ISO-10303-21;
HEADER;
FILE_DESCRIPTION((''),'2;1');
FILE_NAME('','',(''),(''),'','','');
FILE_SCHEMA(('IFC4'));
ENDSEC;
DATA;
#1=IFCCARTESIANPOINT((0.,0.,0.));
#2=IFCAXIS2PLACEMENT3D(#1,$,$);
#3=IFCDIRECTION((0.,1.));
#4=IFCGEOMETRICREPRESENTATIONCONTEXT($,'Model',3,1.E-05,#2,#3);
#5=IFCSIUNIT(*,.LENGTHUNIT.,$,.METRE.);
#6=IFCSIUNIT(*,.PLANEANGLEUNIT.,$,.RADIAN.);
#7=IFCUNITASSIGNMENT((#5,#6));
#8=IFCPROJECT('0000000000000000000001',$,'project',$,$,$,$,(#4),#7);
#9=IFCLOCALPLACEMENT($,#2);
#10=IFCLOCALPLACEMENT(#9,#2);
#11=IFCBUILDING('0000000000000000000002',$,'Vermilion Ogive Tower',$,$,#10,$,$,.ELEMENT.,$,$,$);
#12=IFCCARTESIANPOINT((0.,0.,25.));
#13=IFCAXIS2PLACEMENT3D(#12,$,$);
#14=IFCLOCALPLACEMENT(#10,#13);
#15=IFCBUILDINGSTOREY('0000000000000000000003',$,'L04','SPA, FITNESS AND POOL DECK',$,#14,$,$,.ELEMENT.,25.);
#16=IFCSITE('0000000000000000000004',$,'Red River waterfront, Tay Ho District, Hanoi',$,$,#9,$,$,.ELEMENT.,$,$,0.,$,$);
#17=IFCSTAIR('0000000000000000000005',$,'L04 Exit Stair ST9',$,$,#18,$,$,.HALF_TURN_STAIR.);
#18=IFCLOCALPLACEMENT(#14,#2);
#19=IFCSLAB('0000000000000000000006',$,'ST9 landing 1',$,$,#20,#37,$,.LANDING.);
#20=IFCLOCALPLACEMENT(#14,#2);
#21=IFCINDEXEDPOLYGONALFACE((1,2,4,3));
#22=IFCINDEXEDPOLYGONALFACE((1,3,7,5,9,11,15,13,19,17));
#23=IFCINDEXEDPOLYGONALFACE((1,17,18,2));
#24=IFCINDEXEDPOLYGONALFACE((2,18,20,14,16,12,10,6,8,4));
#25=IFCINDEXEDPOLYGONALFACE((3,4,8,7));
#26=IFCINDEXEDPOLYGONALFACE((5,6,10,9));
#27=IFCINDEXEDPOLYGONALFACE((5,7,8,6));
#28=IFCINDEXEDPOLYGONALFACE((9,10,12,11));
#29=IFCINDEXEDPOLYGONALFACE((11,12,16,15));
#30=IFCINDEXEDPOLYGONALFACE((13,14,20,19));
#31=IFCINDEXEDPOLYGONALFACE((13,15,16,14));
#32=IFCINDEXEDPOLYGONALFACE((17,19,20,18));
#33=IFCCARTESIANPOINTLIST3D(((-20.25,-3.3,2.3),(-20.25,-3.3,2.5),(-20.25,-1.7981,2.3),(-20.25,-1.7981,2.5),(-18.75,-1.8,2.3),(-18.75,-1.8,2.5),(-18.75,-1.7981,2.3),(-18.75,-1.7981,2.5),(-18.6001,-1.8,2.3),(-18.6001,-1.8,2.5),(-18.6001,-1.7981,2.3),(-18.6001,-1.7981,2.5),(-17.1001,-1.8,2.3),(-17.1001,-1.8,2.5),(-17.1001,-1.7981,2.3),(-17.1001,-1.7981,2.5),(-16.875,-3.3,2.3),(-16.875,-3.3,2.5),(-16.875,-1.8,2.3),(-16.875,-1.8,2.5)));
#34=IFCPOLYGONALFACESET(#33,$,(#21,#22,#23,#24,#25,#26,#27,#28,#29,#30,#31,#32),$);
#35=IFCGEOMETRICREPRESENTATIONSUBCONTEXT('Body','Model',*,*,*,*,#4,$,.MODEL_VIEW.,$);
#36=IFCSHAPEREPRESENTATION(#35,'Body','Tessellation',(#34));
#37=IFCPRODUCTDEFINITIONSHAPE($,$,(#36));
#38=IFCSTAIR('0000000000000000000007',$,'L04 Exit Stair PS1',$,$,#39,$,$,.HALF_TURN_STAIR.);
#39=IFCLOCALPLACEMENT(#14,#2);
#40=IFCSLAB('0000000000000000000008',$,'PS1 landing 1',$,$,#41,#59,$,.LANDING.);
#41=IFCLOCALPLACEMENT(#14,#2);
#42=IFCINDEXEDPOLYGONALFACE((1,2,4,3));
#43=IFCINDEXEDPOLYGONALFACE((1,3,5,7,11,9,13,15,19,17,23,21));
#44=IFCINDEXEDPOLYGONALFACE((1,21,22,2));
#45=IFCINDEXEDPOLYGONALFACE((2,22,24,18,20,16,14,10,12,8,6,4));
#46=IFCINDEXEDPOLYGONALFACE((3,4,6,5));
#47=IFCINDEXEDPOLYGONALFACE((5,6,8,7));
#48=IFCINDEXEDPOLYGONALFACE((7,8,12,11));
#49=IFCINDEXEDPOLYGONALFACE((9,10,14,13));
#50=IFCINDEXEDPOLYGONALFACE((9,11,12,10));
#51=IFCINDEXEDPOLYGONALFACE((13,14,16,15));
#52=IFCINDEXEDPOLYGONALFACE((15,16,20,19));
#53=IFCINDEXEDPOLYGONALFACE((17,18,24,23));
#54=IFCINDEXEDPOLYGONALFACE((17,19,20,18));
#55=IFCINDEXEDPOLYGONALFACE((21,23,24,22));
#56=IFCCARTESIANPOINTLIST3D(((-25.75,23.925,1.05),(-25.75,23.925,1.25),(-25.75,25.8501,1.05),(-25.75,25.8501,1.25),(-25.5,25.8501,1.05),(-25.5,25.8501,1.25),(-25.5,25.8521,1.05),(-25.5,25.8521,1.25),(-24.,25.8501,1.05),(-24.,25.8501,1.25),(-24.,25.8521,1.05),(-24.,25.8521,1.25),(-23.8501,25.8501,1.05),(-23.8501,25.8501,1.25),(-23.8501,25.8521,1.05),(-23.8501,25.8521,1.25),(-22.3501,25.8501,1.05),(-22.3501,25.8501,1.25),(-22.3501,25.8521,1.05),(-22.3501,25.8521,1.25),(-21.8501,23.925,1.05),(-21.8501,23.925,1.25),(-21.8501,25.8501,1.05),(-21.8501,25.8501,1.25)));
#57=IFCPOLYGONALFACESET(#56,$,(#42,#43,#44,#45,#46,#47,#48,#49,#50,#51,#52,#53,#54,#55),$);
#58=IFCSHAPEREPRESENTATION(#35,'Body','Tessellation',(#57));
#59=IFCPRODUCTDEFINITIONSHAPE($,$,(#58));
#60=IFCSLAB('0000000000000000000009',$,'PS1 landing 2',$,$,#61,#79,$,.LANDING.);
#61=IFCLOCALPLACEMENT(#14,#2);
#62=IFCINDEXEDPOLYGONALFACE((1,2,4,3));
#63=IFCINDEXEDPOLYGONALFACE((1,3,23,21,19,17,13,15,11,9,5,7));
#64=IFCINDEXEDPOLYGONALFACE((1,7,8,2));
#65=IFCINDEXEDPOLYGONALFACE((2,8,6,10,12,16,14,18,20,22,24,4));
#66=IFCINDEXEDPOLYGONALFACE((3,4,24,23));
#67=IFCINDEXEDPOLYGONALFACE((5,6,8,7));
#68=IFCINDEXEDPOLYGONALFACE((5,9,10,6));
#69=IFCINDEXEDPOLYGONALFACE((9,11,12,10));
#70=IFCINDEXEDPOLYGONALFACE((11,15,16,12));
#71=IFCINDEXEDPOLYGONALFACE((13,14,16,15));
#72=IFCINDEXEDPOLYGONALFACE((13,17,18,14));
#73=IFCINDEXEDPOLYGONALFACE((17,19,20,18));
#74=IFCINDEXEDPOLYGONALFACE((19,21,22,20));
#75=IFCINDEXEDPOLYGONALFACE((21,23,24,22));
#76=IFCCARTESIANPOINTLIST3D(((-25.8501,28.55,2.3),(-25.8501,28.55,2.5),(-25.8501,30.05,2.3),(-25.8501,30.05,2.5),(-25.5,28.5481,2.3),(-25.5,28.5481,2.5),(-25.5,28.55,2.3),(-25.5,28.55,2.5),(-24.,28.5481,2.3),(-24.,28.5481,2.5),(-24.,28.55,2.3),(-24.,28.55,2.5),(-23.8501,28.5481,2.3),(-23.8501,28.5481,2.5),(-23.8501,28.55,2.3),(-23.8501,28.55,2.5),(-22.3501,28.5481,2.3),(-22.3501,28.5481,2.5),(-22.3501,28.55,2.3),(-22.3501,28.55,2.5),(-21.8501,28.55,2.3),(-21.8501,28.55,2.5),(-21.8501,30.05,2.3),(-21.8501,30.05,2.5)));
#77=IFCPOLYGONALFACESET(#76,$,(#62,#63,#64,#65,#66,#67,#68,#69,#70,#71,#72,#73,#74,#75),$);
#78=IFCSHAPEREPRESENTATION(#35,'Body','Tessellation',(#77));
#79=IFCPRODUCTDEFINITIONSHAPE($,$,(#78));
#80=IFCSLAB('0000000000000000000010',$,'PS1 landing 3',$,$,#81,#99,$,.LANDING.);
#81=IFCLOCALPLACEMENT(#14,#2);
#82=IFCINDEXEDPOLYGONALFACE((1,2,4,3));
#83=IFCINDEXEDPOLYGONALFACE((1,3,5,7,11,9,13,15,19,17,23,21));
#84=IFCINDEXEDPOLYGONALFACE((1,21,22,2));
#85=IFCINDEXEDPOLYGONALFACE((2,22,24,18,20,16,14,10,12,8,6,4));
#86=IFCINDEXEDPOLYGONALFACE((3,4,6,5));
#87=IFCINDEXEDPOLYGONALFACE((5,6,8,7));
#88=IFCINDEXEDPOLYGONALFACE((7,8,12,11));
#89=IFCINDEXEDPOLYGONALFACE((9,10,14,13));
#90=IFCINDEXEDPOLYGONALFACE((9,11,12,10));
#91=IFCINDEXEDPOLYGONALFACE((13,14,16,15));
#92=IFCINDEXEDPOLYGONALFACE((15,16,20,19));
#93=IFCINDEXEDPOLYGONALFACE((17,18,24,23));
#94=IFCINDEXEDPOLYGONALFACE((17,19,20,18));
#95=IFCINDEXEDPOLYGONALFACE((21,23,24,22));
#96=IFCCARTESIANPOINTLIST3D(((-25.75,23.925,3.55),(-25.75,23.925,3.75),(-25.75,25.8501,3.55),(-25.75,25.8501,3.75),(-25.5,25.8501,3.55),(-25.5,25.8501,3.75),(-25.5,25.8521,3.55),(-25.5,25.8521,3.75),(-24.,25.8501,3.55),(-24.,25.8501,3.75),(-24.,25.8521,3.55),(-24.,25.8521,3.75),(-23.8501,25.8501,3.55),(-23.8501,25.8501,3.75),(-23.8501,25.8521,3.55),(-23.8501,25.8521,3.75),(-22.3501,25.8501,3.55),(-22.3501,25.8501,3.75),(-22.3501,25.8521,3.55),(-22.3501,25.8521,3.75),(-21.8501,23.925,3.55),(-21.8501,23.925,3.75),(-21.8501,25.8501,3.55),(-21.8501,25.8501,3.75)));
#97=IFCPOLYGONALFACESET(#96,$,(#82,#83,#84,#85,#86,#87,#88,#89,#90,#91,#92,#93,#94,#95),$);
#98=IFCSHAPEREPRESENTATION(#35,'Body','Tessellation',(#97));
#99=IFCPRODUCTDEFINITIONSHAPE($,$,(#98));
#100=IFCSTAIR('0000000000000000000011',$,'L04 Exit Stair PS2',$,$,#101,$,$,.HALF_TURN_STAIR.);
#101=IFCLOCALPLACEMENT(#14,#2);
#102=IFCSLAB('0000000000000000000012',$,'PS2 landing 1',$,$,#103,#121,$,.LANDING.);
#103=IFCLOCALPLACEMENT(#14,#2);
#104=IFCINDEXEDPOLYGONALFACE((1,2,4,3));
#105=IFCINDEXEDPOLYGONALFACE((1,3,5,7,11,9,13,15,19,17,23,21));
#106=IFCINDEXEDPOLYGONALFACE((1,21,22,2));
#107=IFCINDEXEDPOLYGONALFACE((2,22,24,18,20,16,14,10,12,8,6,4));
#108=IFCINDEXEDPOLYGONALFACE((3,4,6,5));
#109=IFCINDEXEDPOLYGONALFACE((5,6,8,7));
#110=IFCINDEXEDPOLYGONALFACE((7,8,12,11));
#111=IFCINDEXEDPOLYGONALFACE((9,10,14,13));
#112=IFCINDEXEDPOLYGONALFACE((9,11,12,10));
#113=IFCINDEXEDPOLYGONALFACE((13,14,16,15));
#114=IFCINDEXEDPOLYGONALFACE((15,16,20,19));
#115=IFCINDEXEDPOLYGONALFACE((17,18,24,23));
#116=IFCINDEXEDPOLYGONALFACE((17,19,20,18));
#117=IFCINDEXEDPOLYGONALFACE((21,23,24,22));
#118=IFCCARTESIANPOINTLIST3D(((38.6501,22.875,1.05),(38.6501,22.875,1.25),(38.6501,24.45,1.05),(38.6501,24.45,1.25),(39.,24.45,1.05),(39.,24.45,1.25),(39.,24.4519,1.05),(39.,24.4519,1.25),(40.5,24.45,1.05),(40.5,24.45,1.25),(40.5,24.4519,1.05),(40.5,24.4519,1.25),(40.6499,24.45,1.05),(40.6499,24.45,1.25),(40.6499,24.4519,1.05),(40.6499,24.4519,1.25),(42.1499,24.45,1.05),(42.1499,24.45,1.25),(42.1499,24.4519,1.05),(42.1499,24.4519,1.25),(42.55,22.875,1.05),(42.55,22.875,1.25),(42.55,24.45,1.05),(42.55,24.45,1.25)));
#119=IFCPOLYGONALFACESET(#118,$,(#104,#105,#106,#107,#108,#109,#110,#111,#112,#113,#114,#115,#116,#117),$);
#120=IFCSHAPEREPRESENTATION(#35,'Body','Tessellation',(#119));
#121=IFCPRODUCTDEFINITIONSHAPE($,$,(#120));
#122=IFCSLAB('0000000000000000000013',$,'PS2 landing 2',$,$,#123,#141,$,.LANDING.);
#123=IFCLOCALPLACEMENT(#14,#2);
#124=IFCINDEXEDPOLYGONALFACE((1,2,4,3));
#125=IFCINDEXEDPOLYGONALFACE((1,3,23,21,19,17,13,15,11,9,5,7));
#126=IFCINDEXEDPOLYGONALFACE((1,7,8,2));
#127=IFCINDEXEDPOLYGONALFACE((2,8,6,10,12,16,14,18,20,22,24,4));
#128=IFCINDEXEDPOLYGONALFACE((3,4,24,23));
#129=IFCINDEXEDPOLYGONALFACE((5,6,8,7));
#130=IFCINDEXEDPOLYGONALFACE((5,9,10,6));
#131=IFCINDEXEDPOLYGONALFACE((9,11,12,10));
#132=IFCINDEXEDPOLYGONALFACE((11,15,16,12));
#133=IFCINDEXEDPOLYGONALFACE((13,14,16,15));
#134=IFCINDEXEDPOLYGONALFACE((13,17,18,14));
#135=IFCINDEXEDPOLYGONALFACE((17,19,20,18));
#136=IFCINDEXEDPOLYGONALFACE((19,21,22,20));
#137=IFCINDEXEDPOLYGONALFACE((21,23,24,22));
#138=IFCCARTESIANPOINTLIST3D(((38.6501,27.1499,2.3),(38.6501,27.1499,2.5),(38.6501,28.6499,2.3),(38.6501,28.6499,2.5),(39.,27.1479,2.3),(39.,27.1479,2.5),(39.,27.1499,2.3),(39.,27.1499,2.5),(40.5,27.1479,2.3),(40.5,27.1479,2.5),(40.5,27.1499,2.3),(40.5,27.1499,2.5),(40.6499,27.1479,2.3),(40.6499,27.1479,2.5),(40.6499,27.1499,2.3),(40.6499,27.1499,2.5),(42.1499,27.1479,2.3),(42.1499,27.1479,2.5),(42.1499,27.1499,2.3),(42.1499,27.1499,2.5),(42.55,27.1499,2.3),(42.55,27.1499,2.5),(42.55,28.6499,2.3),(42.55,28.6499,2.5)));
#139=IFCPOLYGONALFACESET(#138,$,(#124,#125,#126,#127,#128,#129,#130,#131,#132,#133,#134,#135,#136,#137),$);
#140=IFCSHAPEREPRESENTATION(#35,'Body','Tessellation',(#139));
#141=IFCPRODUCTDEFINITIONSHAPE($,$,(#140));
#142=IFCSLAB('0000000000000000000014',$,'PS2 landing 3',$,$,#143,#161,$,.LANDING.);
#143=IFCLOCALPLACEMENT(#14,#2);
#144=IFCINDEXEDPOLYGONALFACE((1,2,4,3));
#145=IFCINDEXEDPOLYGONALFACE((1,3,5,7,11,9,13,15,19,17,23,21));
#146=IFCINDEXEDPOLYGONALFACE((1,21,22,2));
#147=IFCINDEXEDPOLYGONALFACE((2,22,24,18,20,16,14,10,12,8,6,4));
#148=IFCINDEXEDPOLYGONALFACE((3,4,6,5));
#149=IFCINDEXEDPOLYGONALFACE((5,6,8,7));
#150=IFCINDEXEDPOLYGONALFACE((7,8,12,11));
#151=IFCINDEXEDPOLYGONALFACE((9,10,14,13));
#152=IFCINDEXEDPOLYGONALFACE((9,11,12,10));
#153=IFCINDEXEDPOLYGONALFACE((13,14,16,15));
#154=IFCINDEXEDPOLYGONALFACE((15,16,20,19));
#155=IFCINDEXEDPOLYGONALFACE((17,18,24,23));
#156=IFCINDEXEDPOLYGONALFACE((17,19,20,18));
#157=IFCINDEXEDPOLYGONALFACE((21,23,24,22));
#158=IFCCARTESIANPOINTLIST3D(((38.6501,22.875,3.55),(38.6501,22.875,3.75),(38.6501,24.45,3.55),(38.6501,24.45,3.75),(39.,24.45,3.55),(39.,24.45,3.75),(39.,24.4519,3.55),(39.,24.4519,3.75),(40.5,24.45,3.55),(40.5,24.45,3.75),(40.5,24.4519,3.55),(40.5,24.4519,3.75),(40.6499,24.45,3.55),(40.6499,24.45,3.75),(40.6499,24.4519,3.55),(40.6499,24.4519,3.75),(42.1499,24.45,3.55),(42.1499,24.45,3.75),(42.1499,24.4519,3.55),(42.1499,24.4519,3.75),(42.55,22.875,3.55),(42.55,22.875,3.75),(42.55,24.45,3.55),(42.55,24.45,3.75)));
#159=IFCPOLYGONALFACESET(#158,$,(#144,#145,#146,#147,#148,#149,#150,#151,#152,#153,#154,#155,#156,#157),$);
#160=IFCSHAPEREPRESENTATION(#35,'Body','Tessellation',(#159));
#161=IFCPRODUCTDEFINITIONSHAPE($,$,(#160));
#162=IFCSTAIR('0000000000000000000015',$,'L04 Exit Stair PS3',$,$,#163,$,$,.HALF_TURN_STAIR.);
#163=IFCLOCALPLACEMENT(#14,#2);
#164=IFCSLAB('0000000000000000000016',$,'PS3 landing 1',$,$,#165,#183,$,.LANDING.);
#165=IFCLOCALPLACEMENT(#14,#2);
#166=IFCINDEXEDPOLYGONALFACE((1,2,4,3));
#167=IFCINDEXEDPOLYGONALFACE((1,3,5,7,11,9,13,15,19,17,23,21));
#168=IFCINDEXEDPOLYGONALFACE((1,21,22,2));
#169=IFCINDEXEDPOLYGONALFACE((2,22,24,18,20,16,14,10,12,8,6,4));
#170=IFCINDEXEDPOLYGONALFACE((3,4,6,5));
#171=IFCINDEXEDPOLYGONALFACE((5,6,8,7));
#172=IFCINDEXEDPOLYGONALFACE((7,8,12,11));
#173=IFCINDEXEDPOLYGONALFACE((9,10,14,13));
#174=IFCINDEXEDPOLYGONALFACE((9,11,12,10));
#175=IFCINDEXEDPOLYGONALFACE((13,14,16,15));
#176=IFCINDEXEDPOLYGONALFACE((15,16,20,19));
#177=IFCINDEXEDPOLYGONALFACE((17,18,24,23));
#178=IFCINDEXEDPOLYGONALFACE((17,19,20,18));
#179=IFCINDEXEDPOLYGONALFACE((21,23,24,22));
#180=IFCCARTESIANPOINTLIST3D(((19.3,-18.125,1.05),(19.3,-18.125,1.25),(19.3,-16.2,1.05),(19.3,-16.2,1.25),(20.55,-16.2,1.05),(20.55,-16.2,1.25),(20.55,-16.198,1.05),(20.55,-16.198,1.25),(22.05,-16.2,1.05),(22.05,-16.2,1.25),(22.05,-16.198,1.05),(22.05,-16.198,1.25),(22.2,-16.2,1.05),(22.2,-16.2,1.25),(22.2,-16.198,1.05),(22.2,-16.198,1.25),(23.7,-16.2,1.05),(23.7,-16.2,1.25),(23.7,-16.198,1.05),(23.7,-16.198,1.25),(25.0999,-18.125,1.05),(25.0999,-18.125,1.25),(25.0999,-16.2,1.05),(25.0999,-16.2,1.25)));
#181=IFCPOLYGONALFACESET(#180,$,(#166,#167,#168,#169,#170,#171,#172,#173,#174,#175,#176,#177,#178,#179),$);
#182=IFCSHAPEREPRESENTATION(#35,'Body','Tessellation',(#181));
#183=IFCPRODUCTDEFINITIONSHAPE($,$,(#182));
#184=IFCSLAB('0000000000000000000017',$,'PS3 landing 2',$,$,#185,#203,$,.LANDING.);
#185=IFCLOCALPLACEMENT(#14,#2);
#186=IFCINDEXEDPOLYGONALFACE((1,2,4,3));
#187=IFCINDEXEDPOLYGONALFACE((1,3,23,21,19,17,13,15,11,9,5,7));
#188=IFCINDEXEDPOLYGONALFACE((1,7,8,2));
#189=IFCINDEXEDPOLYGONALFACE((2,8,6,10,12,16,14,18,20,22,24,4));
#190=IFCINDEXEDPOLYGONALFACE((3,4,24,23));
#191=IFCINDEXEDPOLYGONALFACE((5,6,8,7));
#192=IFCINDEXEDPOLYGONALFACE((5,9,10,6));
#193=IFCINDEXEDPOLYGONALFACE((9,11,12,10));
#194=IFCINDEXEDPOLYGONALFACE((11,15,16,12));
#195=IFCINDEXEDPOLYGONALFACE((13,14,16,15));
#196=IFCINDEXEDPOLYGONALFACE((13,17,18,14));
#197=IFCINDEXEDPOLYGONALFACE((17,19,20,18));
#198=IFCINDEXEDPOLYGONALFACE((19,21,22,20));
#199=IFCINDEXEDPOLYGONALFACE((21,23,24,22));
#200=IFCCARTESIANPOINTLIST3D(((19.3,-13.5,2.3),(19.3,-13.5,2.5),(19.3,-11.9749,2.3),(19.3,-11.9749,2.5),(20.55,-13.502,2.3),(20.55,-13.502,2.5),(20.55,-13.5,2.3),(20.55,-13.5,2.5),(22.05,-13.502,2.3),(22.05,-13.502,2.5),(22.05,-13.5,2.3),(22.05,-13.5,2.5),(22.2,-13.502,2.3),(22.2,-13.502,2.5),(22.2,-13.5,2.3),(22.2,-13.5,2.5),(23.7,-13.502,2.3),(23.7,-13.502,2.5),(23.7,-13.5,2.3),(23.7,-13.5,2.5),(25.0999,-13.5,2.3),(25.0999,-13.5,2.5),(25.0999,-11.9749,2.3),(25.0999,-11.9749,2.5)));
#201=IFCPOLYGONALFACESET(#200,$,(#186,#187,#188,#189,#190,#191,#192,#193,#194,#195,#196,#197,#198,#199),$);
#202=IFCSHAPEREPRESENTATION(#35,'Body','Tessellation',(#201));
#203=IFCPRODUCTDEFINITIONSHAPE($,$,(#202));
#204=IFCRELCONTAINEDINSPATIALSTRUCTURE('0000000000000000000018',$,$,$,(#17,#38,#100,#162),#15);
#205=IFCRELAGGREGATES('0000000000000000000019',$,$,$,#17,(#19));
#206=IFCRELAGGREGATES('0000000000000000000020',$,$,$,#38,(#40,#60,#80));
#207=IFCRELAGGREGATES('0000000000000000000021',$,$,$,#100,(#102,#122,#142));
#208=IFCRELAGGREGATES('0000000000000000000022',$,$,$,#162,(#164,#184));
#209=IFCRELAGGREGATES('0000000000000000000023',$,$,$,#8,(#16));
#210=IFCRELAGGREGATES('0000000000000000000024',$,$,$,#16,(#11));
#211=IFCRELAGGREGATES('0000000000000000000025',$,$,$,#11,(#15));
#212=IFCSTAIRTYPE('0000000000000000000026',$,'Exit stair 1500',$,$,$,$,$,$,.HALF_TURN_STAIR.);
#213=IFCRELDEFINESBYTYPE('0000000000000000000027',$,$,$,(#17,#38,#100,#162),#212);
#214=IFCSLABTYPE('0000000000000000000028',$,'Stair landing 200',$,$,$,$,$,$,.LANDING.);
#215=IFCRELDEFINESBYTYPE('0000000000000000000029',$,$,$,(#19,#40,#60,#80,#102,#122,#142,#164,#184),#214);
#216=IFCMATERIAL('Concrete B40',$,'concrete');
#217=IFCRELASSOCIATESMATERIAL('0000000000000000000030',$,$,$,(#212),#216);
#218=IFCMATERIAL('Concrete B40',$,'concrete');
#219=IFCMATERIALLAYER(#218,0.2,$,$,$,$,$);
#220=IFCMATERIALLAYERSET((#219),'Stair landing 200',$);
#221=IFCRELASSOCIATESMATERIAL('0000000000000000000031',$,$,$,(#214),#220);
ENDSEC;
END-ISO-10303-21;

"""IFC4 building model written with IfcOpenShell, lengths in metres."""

from ifc_helpers import new_model, si_unit, direction, frame, origin, place, context, subcontext, project, spatial, polyline, outline, extrude, material, layer, layer_set, type_object, element, aggregate, save


model = new_model("IFC4")

# Units and contexts
model_context = context("Model", 3, precision=1e-05, world=origin(), true_north=direction((0.0, 1.0)))
body_context = subcontext(model_context, "Body", "Model", "MODEL_VIEW")
ifc_project = project(units=[si_unit("LENGTHUNIT", "METRE"), si_unit("PLANEANGLEUNIT", "RADIAN")], contexts=[model_context])

# Site, building, storey
site_placement = place(None, origin())
site = spatial("IfcSite", under=ifc_project, at=site_placement, Name="Red River waterfront, Tay Ho District, Hanoi", CompositionType="ELEMENT", RefElevation=0.0)
building_placement = place(site_placement, origin())
building = spatial("IfcBuilding", under=site, at=building_placement, Name="Vermilion Ogive Tower", CompositionType="ELEMENT")
storey_placement = place(building_placement, frame((0.0, 0.0, 25.0)))
storey = spatial("IfcBuildingStorey", under=building, at=storey_placement, Name="L04", Description="SPA, FITNESS AND POOL DECK", CompositionType="ELEMENT", Elevation=25.0)

# Stair, slab
ifc_material_1 = material(Name="Concrete B40", Category="concrete")
stair_type = type_object("IfcStairType", Name="Exit stair 1500", PredefinedType="HALF_TURN_STAIR", material=ifc_material_1)
stair_1_placement = place(storey_placement, origin())
stair_1 = element("IfcStair", 1, at=stair_1_placement, inside=storey, type_object=stair_type, Name="L04 Exit Stair ST9", PredefinedType="HALF_TURN_STAIR")
ifc_material_2 = material(Name="Concrete B40", Category="concrete")
ifc_layer_1 = layer(ifc_material_2, 0.2)
ifc_layer_set_1 = layer_set([ifc_layer_1], Name="Stair landing 200")
slab_type_1 = type_object("IfcSlabType", Name="Stair landing 200", PredefinedType="LANDING", material=ifc_layer_set_1)
slab_1_placement = place(storey_placement, frame((0.0, 0.0, 2.3)))
slab_1 = element("IfcSlab", 2, at=slab_1_placement, type_object=slab_type_1, Name="ST9 landing 1", PredefinedType="LANDING", context=body_context, shape_type="SweptSolid", body=[
    extrude(outline(polyline([(-16.875, -1.8), (-17.1001, -1.8), (-17.1001, -1.7981), (-18.6001, -1.7981), (-18.6001, -1.8), (-18.75, -1.8), (-18.75, -1.7981), (-20.25, -1.7981), (-20.25, -3.3), (-16.875, -3.3), (-16.875, -1.8)])), origin(), (0.0, 0.0, 1.0), 0.2),
])
aggregate(stair_1, [slab_1])

# Stairs, slabs
stair_2_placement = place(storey_placement, origin())
stair_2 = element("IfcStair", 3, at=stair_2_placement, inside=storey, type_object=stair_type, Name="L04 Exit Stair PS1", PredefinedType="HALF_TURN_STAIR")
slab_2_placement = place(storey_placement, frame((0.0, 0.0, 1.05)))
slab_2 = element("IfcSlab", 4, at=slab_2_placement, type_object=slab_type_1, Name="PS1 landing 1", PredefinedType="LANDING", context=body_context, shape_type="SweptSolid", body=[
    extrude(outline(polyline([(-21.8501, 25.8501), (-22.3501, 25.8501), (-22.3501, 25.8521), (-23.8501, 25.8521), (-23.8501, 25.8501), (-24.0, 25.8501), (-24.0, 25.8521), (-25.5, 25.8521), (-25.5, 25.8501), (-25.75, 25.8501), (-25.75, 23.925), (-21.8501, 23.925), (-21.8501, 25.8501)])), origin(), (0.0, 0.0, 1.0), 0.2),
])
slab_3_placement = place(storey_placement, frame((0.0, 0.0, 2.3)))
slab_3 = element("IfcSlab", 5, at=slab_3_placement, type_object=slab_type_1, Name="PS1 landing 2", PredefinedType="LANDING", context=body_context, shape_type="SweptSolid", body=[
    extrude(outline(polyline([(-25.8501, 28.55), (-25.5, 28.55), (-25.5, 28.5481), (-24.0, 28.5481), (-24.0, 28.55), (-23.8501, 28.55), (-23.8501, 28.5481), (-22.3501, 28.5481), (-22.3501, 28.55), (-21.8501, 28.55), (-21.8501, 30.05), (-25.8501, 30.05), (-25.8501, 28.55)])), origin(), (0.0, 0.0, 1.0), 0.2),
])
slab_4_placement = place(storey_placement, frame((0.0, 0.0, 3.55)))
slab_4 = element("IfcSlab", 6, at=slab_4_placement, type_object=slab_type_1, Name="PS1 landing 3", PredefinedType="LANDING", context=body_context, shape_type="SweptSolid", body=[
    extrude(outline(polyline([(-21.8501, 25.8501), (-22.3501, 25.8501), (-22.3501, 25.8521), (-23.8501, 25.8521), (-23.8501, 25.8501), (-24.0, 25.8501), (-24.0, 25.8521), (-25.5, 25.8521), (-25.5, 25.8501), (-25.75, 25.8501), (-25.75, 23.925), (-21.8501, 23.925), (-21.8501, 25.8501)])), origin(), (0.0, 0.0, 1.0), 0.2),
])
aggregate(stair_2, [slab_2, slab_3, slab_4])
stair_3_placement = place(storey_placement, origin())
stair_3 = element("IfcStair", 7, at=stair_3_placement, inside=storey, type_object=stair_type, Name="L04 Exit Stair PS2", PredefinedType="HALF_TURN_STAIR")
slab_5_placement = place(storey_placement, frame((0.0, 0.0, 1.05)))
slab_5 = element("IfcSlab", 8, at=slab_5_placement, type_object=slab_type_1, Name="PS2 landing 1", PredefinedType="LANDING", context=body_context, shape_type="SweptSolid", body=[
    extrude(outline(polyline([(42.55, 24.45), (42.1499, 24.45), (42.1499, 24.4519), (40.6499, 24.4519), (40.6499, 24.45), (40.5, 24.45), (40.5, 24.4519), (39.0, 24.4519), (39.0, 24.45), (38.6501, 24.45), (38.6501, 22.875), (42.55, 22.875), (42.55, 24.45)])), origin(), (0.0, 0.0, 1.0), 0.2),
])
slab_6_placement = place(storey_placement, frame((0.0, 0.0, 2.3)))
slab_6 = element("IfcSlab", 9, at=slab_6_placement, type_object=slab_type_1, Name="PS2 landing 2", PredefinedType="LANDING", context=body_context, shape_type="SweptSolid", body=[
    extrude(outline(polyline([(38.6501, 27.1499), (39.0, 27.1499), (39.0, 27.1479), (40.5, 27.1479), (40.5, 27.1499), (40.6499, 27.1499), (40.6499, 27.1479), (42.1499, 27.1479), (42.1499, 27.1499), (42.55, 27.1499), (42.55, 28.6499), (38.6501, 28.6499), (38.6501, 27.1499)])), origin(), (0.0, 0.0, 1.0), 0.2),
])
slab_7_placement = place(storey_placement, frame((0.0, 0.0, 3.55)))
slab_7 = element("IfcSlab", 10, at=slab_7_placement, type_object=slab_type_1, Name="PS2 landing 3", PredefinedType="LANDING", context=body_context, shape_type="SweptSolid", body=[
    extrude(outline(polyline([(42.55, 24.45), (42.1499, 24.45), (42.1499, 24.4519), (40.6499, 24.4519), (40.6499, 24.45), (40.5, 24.45), (40.5, 24.4519), (39.0, 24.4519), (39.0, 24.45), (38.6501, 24.45), (38.6501, 22.875), (42.55, 22.875), (42.55, 24.45)])), origin(), (0.0, 0.0, 1.0), 0.2),
])
aggregate(stair_3, [slab_5, slab_6, slab_7])
stair_4_placement = place(storey_placement, origin())
stair_4 = element("IfcStair", 11, at=stair_4_placement, inside=storey, type_object=stair_type, Name="L04 Exit Stair PS3", PredefinedType="HALF_TURN_STAIR")
slab_8_placement = place(storey_placement, frame((0.0, 0.0, 1.05)))
slab_8 = element("IfcSlab", 12, at=slab_8_placement, type_object=slab_type_1, Name="PS3 landing 1", PredefinedType="LANDING", context=body_context, shape_type="SweptSolid", body=[
    extrude(outline(polyline([(25.0999, -16.2), (23.7, -16.2), (23.7, -16.198), (22.2, -16.198), (22.2, -16.2), (22.05, -16.2), (22.05, -16.198), (20.55, -16.198), (20.55, -16.2), (19.3, -16.2), (19.3, -18.125), (25.0999, -18.125), (25.0999, -16.2)])), origin(), (0.0, 0.0, 1.0), 0.2),
])
slab_9_placement = place(storey_placement, frame((0.0, 0.0, 2.3)))
slab_9 = element("IfcSlab", 13, at=slab_9_placement, type_object=slab_type_1, Name="PS3 landing 2", PredefinedType="LANDING", context=body_context, shape_type="SweptSolid", body=[
    extrude(outline(polyline([(19.3, -13.5), (20.55, -13.5), (20.55, -13.502), (22.05, -13.502), (22.05, -13.5), (22.2, -13.5), (22.2, -13.502), (23.7, -13.502), (23.7, -13.5), (25.0999, -13.5), (25.0999, -11.9749), (19.3, -11.9749), (19.3, -13.5)])), origin(), (0.0, 0.0, 1.0), 0.2),
])
aggregate(stair_4, [slab_8, slab_9])

save(model, "model.ifc")
